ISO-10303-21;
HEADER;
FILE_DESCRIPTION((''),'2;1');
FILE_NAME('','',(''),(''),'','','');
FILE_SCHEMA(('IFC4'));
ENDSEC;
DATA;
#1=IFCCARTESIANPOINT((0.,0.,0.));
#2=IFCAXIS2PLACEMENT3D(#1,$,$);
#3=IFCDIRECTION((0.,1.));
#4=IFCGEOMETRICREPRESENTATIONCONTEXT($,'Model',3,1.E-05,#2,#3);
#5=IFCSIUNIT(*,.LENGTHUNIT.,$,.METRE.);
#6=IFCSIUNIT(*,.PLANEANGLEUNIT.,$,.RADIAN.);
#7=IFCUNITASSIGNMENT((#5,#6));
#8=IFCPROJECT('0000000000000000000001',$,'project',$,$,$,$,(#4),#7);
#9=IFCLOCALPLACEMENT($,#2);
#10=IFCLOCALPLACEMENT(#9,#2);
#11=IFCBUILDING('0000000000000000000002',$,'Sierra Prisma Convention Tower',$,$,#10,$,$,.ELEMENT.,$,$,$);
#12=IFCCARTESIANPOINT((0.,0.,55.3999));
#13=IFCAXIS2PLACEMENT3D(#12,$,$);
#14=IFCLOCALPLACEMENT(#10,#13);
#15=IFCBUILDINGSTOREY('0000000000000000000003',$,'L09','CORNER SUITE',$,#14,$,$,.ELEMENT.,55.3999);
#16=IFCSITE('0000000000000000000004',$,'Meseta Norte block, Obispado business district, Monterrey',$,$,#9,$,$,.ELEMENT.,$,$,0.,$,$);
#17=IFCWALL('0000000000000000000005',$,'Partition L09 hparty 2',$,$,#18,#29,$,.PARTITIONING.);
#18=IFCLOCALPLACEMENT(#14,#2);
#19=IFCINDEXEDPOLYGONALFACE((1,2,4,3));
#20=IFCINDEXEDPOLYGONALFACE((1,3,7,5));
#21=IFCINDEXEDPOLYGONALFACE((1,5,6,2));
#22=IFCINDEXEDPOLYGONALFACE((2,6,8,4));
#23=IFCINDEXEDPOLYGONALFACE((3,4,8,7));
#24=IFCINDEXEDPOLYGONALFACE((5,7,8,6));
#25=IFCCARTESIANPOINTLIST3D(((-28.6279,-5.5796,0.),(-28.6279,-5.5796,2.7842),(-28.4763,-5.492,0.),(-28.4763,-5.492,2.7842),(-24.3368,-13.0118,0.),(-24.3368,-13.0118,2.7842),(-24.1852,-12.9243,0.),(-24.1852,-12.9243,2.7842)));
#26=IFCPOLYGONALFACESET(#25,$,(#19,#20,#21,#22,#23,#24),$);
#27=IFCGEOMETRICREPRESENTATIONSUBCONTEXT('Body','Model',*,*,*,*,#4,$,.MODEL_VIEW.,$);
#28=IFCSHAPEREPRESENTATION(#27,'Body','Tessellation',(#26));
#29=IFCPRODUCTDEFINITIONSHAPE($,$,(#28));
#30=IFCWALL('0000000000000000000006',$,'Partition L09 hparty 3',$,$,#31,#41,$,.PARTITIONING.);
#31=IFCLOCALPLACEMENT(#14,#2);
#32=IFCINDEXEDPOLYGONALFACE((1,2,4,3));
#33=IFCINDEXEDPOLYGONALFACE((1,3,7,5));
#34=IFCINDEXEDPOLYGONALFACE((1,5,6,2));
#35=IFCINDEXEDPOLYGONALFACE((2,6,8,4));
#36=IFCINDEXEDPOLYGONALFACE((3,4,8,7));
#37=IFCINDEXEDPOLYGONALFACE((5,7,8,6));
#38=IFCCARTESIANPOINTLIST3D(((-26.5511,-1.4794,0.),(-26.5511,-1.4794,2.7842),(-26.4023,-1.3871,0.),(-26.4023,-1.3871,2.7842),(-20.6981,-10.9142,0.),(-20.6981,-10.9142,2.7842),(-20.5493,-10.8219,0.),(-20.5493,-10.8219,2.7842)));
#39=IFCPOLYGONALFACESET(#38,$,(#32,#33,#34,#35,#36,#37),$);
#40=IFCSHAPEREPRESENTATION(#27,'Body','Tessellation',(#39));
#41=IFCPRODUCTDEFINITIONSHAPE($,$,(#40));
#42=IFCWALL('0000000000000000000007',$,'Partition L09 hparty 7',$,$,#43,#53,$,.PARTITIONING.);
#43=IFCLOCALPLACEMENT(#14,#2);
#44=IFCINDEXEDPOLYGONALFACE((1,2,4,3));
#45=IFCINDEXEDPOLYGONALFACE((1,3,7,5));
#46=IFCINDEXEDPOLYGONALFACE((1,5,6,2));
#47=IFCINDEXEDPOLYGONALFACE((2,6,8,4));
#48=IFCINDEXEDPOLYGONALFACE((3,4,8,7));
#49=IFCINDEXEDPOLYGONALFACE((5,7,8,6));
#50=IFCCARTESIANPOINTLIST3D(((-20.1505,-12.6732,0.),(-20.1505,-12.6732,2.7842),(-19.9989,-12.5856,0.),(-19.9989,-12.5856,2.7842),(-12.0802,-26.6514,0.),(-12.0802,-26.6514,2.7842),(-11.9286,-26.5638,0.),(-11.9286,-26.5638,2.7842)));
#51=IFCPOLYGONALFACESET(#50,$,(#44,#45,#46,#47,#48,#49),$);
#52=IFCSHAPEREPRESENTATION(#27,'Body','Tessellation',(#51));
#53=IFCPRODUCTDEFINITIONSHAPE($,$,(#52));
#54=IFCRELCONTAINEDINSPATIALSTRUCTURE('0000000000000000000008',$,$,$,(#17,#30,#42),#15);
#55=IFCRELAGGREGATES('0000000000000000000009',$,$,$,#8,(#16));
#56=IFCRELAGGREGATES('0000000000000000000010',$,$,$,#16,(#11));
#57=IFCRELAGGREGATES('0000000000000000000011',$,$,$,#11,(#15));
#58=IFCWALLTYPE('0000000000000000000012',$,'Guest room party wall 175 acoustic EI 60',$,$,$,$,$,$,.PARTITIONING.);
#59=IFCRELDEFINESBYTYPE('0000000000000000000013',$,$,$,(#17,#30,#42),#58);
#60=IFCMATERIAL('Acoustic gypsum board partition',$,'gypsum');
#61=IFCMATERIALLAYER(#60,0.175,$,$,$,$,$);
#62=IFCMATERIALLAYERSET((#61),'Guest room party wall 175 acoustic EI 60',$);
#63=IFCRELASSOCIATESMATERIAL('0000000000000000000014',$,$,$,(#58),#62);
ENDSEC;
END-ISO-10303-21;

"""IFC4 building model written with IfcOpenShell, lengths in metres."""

from ifc_helpers import new_model, si_unit, direction, frame, frame_2d, origin, place, context, subcontext, project, spatial, rectangle, extrude, material, layer, layer_set, type_object, element, save


model = new_model("IFC4")

# Units and contexts
model_context = context("Model", 3, precision=1e-05, world=origin(), true_north=direction((0.0, 1.0)))
body_context = subcontext(model_context, "Body", "Model", "MODEL_VIEW")
ifc_project = project(units=[si_unit("LENGTHUNIT", "METRE"), si_unit("PLANEANGLEUNIT", "RADIAN")], contexts=[model_context])

# Site, building, storey
site_placement = place(None, origin())
site = spatial("IfcSite", under=ifc_project, at=site_placement, Name="Meseta Norte block, Obispado business district, Monterrey", CompositionType="ELEMENT", RefElevation=0.0)
building_placement = place(site_placement, origin())
building = spatial("IfcBuilding", under=site, at=building_placement, Name="Sierra Prisma Convention Tower", CompositionType="ELEMENT")
storey_placement = place(building_placement, frame((0.0, 0.0, 55.3999)))
storey = spatial("IfcBuildingStorey", under=building, at=storey_placement, Name="L09", Description="CORNER SUITE", CompositionType="ELEMENT", Elevation=55.3999)

# Walls
ifc_material_1 = material(Name="Acoustic gypsum board partition", Category="gypsum")
ifc_layer_1 = layer(ifc_material_1, 0.175)
ifc_layer_set_1 = layer_set([ifc_layer_1], Name="Guest room party wall 175 acoustic EI 60")
wall_type_1 = type_object("IfcWallType", Name="Guest room party wall 175 acoustic EI 60", PredefinedType="PARTITIONING", material=ifc_layer_set_1)
wall_1_placement = place(storey_placement, frame((-24.261, -12.968, 0.0), z_axis=(0.0, 0.0, 1.0), x_axis=(-0.500006, 0.866022, 0.0)))
element("IfcWall", 1, at=wall_1_placement, inside=storey, type_object=wall_type_1, Name="Partition L09 hparty 2", PredefinedType="PARTITIONING", context=body_context, shape_type="SweptSolid", body=[
    extrude(rectangle(XDim=8.582, YDim=0.175, at=frame_2d((4.291, 0.0))), origin(), (0.0, 0.0, 1.0), 2.7842),
])
wall_2_placement = place(storey_placement, frame((-20.6238, -10.8679, 0.0), z_axis=(0.0, 0.0, 1.0), x_axis=(-0.527164, 0.849764, 0.0)))
element("IfcWall", 2, at=wall_2_placement, inside=storey, type_object=wall_type_1, Name="Partition L09 hparty 3", PredefinedType="PARTITIONING", context=body_context, shape_type="SweptSolid", body=[
    extrude(rectangle(XDim=11.1028, YDim=0.175, at=frame_2d((5.5513, 0.0))), origin(), (0.0, 0.0, 1.0), 2.7842),
])
wall_3_placement = place(storey_placement, frame((-20.0747, -12.6294, 0.0), z_axis=(0.0, 0.0, 1.0), x_axis=(0.499998, -0.866027, 0.0)))
element("IfcWall", 3, at=wall_3_placement, inside=storey, type_object=wall_type_1, Name="Partition L09 hparty 7", PredefinedType="PARTITIONING", context=body_context, shape_type="SweptSolid", body=[
    extrude(rectangle(XDim=16.1406, YDim=0.175, at=frame_2d((8.0703, 0.0))), origin(), (0.0, 0.0, 1.0), 2.7842),
])

save(model, "model.ifc")
